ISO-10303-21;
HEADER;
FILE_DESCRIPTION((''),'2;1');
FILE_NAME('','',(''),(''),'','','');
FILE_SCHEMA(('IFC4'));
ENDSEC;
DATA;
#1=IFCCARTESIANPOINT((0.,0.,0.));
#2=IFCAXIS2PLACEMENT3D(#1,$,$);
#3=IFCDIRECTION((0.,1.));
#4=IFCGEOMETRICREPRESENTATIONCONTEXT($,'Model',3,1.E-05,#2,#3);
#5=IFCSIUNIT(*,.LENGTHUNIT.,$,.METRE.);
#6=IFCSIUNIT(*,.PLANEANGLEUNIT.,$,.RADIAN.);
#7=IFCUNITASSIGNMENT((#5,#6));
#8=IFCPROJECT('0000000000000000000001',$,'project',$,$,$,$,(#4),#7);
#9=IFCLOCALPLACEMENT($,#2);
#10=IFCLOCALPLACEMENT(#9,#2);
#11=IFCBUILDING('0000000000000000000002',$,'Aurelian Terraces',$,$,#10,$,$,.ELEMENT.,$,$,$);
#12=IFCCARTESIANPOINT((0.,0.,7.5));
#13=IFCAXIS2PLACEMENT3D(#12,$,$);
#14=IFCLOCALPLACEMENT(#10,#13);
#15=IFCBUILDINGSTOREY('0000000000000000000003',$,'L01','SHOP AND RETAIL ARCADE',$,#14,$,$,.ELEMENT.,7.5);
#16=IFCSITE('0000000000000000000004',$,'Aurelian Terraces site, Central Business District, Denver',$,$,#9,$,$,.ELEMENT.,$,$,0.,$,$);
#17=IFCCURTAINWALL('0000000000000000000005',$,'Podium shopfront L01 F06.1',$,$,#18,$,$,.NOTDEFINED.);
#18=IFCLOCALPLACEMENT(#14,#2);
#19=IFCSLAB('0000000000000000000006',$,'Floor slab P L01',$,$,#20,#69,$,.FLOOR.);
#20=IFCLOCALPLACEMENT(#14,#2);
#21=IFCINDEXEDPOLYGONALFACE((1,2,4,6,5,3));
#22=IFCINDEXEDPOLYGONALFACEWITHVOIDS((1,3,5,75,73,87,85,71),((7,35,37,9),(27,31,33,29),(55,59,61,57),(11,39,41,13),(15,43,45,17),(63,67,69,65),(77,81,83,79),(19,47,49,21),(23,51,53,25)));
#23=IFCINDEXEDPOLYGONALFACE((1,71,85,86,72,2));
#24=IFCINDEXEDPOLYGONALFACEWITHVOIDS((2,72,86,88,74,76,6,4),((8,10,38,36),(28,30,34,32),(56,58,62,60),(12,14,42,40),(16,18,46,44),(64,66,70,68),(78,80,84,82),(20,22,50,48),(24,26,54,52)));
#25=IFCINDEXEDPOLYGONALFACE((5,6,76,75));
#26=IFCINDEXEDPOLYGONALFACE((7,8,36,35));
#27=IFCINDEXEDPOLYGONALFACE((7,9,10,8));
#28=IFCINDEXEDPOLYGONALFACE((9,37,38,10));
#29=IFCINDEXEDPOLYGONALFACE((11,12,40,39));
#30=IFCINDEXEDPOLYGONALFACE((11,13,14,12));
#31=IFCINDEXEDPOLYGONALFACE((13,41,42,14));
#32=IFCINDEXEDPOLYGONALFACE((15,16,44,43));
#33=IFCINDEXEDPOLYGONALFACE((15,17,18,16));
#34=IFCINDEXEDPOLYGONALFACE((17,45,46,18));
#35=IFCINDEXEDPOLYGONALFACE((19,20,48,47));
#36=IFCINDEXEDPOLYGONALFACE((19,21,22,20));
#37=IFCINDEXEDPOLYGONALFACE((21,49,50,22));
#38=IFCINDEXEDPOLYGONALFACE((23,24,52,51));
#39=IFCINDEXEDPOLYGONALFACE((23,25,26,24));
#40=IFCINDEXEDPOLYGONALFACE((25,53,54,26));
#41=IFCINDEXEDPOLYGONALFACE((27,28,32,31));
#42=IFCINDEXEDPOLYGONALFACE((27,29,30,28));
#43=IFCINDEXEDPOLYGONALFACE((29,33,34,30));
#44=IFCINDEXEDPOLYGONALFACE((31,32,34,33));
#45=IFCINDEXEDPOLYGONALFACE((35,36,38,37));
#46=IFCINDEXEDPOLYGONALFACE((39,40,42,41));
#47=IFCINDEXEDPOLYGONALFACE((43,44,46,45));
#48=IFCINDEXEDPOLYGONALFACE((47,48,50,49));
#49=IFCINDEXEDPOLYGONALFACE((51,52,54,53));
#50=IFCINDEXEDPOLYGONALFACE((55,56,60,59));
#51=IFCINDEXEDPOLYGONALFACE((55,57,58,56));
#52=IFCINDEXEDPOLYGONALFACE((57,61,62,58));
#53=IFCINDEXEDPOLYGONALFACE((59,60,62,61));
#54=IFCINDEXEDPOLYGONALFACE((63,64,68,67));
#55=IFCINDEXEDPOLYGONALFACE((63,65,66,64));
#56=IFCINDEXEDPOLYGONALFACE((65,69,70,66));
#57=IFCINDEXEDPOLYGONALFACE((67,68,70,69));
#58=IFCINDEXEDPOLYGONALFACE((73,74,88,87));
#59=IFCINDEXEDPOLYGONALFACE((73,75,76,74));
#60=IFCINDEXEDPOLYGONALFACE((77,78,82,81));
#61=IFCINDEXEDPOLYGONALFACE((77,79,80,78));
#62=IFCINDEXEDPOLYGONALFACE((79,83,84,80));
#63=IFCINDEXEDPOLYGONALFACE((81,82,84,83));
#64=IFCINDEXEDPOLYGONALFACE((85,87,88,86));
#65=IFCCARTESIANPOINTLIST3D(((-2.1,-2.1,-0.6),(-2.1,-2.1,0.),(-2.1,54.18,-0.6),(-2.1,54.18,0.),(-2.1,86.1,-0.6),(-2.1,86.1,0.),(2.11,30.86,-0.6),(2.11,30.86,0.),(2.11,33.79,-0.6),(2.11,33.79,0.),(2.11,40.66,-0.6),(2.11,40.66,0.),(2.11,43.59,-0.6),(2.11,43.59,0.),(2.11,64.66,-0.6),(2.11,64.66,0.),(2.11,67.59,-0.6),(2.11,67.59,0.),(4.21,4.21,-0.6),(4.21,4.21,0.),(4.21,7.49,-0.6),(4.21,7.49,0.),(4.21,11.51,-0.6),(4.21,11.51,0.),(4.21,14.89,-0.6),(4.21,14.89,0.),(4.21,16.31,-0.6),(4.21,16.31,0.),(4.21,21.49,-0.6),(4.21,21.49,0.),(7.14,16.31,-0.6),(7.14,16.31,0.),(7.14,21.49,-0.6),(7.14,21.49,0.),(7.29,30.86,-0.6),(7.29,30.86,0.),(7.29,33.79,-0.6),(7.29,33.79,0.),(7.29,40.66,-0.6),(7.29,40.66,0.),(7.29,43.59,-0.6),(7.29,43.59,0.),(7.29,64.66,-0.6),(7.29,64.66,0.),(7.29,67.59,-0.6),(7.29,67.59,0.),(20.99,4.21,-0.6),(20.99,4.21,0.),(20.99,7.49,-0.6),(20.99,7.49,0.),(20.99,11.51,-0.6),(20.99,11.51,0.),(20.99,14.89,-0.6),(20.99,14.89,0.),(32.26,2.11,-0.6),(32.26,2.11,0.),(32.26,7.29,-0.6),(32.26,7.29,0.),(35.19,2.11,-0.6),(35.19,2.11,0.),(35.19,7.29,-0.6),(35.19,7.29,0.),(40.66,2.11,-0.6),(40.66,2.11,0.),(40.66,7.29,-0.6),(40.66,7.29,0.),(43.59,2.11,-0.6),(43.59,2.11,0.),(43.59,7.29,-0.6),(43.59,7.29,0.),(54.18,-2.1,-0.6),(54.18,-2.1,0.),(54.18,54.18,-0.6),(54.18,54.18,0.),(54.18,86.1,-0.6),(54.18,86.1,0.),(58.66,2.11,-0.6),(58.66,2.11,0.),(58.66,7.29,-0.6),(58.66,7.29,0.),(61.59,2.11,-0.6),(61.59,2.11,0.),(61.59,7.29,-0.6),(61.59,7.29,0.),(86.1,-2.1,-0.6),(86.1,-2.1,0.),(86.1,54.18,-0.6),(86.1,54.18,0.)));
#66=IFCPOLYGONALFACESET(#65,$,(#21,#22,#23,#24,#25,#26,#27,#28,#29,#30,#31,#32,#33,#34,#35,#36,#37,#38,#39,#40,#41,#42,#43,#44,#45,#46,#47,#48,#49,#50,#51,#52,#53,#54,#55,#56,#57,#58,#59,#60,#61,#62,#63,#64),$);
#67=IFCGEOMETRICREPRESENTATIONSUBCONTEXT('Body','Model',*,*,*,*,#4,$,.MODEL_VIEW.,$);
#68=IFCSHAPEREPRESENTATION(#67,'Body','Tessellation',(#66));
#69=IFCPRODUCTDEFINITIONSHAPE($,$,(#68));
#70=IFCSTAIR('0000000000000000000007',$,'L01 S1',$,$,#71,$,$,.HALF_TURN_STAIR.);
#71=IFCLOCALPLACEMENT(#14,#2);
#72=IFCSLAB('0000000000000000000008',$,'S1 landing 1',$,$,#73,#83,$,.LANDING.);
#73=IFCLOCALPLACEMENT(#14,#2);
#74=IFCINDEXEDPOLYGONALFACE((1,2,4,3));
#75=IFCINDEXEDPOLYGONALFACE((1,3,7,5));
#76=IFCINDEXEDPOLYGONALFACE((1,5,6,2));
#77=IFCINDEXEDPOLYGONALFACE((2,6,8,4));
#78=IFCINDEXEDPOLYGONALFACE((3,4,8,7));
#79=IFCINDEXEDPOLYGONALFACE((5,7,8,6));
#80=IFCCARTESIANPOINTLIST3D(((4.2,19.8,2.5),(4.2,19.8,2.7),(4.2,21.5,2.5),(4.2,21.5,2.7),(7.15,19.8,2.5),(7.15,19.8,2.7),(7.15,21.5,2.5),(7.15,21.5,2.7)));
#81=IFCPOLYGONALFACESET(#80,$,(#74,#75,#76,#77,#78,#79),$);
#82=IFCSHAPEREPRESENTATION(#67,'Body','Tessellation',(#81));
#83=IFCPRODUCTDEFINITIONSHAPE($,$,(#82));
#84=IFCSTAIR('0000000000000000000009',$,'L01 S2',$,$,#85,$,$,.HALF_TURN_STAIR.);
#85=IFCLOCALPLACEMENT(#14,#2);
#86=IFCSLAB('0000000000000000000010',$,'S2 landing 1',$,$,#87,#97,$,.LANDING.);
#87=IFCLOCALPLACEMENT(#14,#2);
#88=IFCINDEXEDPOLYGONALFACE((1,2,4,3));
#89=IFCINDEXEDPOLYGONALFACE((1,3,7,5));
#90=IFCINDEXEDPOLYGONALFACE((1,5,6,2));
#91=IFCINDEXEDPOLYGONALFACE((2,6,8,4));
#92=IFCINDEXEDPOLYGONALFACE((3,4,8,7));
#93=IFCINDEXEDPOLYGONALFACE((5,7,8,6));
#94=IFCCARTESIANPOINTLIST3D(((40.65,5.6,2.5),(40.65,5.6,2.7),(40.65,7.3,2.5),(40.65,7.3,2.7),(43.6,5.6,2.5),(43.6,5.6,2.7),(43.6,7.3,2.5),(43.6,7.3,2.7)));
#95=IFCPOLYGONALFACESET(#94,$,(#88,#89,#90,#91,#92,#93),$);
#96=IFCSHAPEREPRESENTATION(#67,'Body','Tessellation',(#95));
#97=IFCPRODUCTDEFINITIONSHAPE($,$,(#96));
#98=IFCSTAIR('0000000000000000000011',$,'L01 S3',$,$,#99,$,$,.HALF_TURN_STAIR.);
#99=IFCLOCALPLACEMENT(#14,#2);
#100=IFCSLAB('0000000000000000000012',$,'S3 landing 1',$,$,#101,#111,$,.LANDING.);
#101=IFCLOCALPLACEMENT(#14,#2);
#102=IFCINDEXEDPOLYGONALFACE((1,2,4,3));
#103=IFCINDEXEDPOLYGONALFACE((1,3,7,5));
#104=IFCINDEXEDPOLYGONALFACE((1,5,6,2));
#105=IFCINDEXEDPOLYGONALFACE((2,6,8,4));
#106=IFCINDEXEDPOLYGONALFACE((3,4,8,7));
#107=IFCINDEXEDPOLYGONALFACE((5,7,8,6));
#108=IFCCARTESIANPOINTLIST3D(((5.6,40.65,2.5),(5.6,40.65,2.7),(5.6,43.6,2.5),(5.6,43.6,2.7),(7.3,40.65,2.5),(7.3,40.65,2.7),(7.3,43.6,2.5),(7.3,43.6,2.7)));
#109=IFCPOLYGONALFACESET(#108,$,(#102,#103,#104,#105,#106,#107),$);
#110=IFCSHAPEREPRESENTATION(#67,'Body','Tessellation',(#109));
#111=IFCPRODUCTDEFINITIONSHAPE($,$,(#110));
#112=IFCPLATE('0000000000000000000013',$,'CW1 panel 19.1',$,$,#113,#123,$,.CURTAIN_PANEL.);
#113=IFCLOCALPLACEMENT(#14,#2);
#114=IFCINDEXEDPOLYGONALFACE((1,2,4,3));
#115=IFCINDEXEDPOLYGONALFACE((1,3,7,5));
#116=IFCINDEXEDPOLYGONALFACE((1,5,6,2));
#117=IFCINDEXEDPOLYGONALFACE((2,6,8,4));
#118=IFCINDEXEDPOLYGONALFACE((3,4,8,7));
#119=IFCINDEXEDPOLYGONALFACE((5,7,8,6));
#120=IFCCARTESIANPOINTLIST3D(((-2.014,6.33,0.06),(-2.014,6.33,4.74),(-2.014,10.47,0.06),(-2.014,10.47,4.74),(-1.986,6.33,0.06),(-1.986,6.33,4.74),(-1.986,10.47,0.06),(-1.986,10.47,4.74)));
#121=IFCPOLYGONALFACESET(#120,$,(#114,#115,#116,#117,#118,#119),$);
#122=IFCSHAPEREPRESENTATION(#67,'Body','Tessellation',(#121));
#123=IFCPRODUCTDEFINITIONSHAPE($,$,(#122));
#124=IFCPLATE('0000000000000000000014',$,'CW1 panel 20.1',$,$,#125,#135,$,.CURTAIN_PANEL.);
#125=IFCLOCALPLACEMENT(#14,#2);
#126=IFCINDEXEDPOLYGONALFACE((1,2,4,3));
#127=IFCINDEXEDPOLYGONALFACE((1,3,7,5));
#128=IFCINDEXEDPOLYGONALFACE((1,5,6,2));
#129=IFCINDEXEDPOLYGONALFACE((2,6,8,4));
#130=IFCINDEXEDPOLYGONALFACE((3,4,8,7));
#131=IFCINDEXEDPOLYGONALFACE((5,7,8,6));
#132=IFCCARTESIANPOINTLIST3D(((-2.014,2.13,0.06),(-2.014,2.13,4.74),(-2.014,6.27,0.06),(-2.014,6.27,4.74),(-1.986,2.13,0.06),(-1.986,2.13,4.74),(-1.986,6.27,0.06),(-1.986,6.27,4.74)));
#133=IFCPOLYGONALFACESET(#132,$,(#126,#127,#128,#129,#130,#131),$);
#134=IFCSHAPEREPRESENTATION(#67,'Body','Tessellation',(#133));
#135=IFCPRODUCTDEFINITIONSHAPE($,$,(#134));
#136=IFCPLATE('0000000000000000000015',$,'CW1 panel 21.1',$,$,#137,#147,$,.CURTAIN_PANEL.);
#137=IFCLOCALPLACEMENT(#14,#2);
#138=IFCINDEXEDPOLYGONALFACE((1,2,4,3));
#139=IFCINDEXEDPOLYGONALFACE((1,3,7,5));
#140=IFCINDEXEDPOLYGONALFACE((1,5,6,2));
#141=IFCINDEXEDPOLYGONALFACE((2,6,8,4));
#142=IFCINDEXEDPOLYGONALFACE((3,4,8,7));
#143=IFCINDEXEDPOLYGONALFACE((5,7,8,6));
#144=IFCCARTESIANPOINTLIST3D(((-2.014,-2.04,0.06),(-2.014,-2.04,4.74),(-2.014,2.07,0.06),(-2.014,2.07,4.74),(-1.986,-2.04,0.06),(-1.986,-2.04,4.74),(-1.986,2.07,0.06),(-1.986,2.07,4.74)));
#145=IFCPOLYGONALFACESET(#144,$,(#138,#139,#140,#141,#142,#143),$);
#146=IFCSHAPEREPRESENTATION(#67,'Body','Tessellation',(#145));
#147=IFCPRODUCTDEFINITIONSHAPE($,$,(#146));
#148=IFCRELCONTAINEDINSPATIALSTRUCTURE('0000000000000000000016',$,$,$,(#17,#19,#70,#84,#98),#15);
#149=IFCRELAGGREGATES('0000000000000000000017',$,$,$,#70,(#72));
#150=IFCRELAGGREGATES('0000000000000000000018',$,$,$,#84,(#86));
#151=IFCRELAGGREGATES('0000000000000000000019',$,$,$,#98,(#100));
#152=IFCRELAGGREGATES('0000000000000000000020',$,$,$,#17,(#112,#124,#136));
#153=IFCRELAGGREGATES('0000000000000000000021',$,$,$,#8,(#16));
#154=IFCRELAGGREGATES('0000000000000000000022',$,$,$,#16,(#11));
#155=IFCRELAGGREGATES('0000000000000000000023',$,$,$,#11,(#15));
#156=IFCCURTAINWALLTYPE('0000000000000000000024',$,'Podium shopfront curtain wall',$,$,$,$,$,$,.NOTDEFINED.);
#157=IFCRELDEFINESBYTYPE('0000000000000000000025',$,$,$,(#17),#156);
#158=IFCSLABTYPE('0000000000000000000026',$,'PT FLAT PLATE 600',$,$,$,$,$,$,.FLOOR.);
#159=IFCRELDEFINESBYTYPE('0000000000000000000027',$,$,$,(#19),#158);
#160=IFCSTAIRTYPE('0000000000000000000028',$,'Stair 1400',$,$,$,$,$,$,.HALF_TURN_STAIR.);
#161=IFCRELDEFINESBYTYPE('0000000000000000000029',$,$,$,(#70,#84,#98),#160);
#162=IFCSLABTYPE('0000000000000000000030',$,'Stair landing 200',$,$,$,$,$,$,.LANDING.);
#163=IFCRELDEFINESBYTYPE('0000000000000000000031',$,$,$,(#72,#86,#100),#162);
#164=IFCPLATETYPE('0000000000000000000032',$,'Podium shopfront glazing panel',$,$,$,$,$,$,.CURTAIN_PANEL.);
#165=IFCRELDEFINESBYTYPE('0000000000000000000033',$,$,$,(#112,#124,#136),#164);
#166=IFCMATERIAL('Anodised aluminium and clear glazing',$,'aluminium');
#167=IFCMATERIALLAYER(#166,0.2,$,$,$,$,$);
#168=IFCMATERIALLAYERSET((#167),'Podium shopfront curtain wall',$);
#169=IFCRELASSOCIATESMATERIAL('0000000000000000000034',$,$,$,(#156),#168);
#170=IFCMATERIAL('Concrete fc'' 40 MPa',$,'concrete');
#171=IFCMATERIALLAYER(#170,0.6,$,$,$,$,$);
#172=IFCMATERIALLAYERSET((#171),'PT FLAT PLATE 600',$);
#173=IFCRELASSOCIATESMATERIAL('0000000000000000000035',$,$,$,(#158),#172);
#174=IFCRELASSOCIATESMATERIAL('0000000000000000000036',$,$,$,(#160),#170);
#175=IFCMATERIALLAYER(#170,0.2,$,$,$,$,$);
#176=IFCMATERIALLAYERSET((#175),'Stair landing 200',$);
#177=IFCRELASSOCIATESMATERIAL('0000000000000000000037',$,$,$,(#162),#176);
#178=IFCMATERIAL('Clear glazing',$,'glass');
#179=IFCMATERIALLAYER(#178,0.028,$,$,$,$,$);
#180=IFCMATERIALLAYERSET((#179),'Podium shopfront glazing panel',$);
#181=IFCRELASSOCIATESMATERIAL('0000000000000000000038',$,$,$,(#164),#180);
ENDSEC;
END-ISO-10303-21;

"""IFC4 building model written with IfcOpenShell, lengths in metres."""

from ifc_helpers import new_model, si_unit, direction, frame, origin, origin_2d, place, context, subcontext, project, spatial, polyline, rectangle, outline, extrude, source, transform, mapped, material, layer, layer_set, type_object, element, aggregate, save


model = new_model("IFC4")

# Units and contexts
model_context = context("Model", 3, precision=1e-05, world=origin(), true_north=direction((0.0, 1.0)))
body_context = subcontext(model_context, "Body", "Model", "MODEL_VIEW")
ifc_project = project(units=[si_unit("LENGTHUNIT", "METRE"), si_unit("PLANEANGLEUNIT", "RADIAN")], contexts=[model_context])

# Site, building, storey
site_placement = place(None, origin())
site = spatial("IfcSite", under=ifc_project, at=site_placement, Name="Aurelian Terraces site, Central Business District, Denver", CompositionType="ELEMENT", RefElevation=0.0)
building_placement = place(site_placement, origin())
building = spatial("IfcBuilding", under=site, at=building_placement, Name="Aurelian Terraces", CompositionType="ELEMENT")
storey_placement = place(building_placement, frame((0.0, 0.0, 7.5)))
storey = spatial("IfcBuildingStorey", under=building, at=storey_placement, Name="L01", Description="SHOP AND RETAIL ARCADE", CompositionType="ELEMENT", Elevation=7.5)

# Curtain wall
ifc_material_1 = material(Name="Anodised aluminium and clear glazing", Category="aluminium")
ifc_layer_1 = layer(ifc_material_1, 0.2)
ifc_layer_set_1 = layer_set([ifc_layer_1], Name="Podium shopfront curtain wall")
curtain_wall_type = type_object("IfcCurtainWallType", Name="Podium shopfront curtain wall", PredefinedType="NOTDEFINED", material=ifc_layer_set_1)
curtain_wall_1_placement = place(storey_placement, origin())
curtain_wall_1 = element("IfcCurtainWall", 1, at=curtain_wall_1_placement, inside=storey, type_object=curtain_wall_type, Name="Podium shopfront L01 F06.1", PredefinedType="NOTDEFINED")

# Slab
ifc_material_2 = material(Name="Concrete fc' 40 MPa", Category="concrete")
ifc_layer_2 = layer(ifc_material_2, 0.6)
ifc_layer_set_2 = layer_set([ifc_layer_2], Name="PT FLAT PLATE 600")
slab_type_1 = type_object("IfcSlabType", Name="PT FLAT PLATE 600", PredefinedType="FLOOR", material=ifc_layer_set_2)
slab_1_placement = place(storey_placement, frame((0.0, 0.0, -0.6)))
element("IfcSlab", 2, at=slab_1_placement, inside=storey, type_object=slab_type_1, Name="Floor slab P L01", PredefinedType="FLOOR", context=body_context, shape_type="SweptSolid", body=[
    extrude(outline(polyline([(86.1, -2.1), (54.18, -2.1), (-2.1, -2.1), (-2.1, 54.18), (-2.1, 86.1), (54.18, 86.1), (54.18, 54.18), (86.1, 54.18), (86.1, -2.1)]), holes=[polyline([(58.66, 7.29), (58.66, 2.11), (61.59, 2.11), (61.59, 7.29), (58.66, 7.29)]), polyline([(40.66, 7.29), (40.66, 2.11), (43.59, 2.11), (43.59, 7.29), (40.66, 7.29)]), polyline([(32.26, 7.29), (32.26, 2.11), (35.19, 2.11), (35.19, 7.29), (32.26, 7.29)]), polyline([(4.21, 7.49), (4.21, 4.21), (20.99, 4.21), (20.99, 7.49), (4.21, 7.49)]), polyline([(4.21, 14.89), (4.21, 11.51), (20.99, 11.51), (20.99, 14.89), (4.21, 14.89)]), polyline([(7.29, 40.66), (7.29, 43.59), (2.11, 43.59), (2.11, 40.66), (7.29, 40.66)]), polyline([(7.29, 64.66), (7.29, 67.59), (2.11, 67.59), (2.11, 64.66), (7.29, 64.66)]), polyline([(7.29, 33.79), (2.11, 33.79), (2.11, 30.86), (7.29, 30.86), (7.29, 33.79)]), polyline([(4.21, 21.49), (4.21, 16.31), (7.14, 16.31), (7.14, 21.49), (4.21, 21.49)])]), origin(), (0.0, 0.0, 1.0), 0.6),
])

# Stairs, slabs
stair_type = type_object("IfcStairType", Name="Stair 1400", PredefinedType="HALF_TURN_STAIR", material=ifc_material_2)
stair_1_placement = place(storey_placement, origin())
stair_1 = element("IfcStair", 3, at=stair_1_placement, inside=storey, type_object=stair_type, Name="L01 S1", PredefinedType="HALF_TURN_STAIR")
ifc_layer_3 = layer(ifc_material_2, 0.2)
ifc_layer_set_3 = layer_set([ifc_layer_3], Name="Stair landing 200")
slab_type_2 = type_object("IfcSlabType", Name="Stair landing 200", PredefinedType="LANDING", material=ifc_layer_set_3)
slab_2_placement = place(storey_placement, frame((0.0, 0.0, 2.5)))
slab_2 = element("IfcSlab", 4, at=slab_2_placement, type_object=slab_type_2, Name="S1 landing 1", PredefinedType="LANDING", context=body_context, shape_type="SweptSolid", body=[
    extrude(outline(polyline([(7.15, 19.8), (7.15, 21.5), (4.2, 21.5), (4.2, 19.8), (7.15, 19.8)])), origin(), (0.0, 0.0, 1.0), 0.2),
])
aggregate(stair_1, [slab_2])
stair_2_placement = place(storey_placement, origin())
stair_2 = element("IfcStair", 5, at=stair_2_placement, inside=storey, type_object=stair_type, Name="L01 S2", PredefinedType="HALF_TURN_STAIR")
slab_3_placement = place(storey_placement, frame((0.0, 0.0, 2.5)))
slab_3 = element("IfcSlab", 6, at=slab_3_placement, type_object=slab_type_2, Name="S2 landing 1", PredefinedType="LANDING", context=body_context, shape_type="SweptSolid", body=[
    extrude(outline(polyline([(43.6, 5.6), (43.6, 7.3), (40.65, 7.3), (40.65, 5.6), (43.6, 5.6)])), origin(), (0.0, 0.0, 1.0), 0.2),
])
aggregate(stair_2, [slab_3])
stair_3_placement = place(storey_placement, origin())
stair_3 = element("IfcStair", 7, at=stair_3_placement, inside=storey, type_object=stair_type, Name="L01 S3", PredefinedType="HALF_TURN_STAIR")
slab_4_placement = place(storey_placement, frame((0.0, 0.0, 2.5)))
slab_4 = element("IfcSlab", 8, at=slab_4_placement, type_object=slab_type_2, Name="S3 landing 1", PredefinedType="LANDING", context=body_context, shape_type="SweptSolid", body=[
    extrude(outline(polyline([(5.6, 40.65), (7.3, 40.65), (7.3, 43.6), (5.6, 43.6), (5.6, 40.65)])), origin(), (0.0, 0.0, 1.0), 0.2),
])
aggregate(stair_3, [slab_4])

# Plates
ifc_material_3 = material(Name="Clear glazing", Category="glass")
ifc_layer_4 = layer(ifc_material_3, 0.028)
ifc_layer_set_4 = layer_set([ifc_layer_4], Name="Podium shopfront glazing panel")
plate_type = type_object("IfcPlateType", Name="Podium shopfront glazing panel", PredefinedType="CURTAIN_PANEL", material=ifc_layer_set_4)
shared_shape_1 = source(origin(), body_context, "Body", "SweptSolid", [
    extrude(rectangle(XDim=4.14, YDim=0.028, at=origin_2d()), origin(), (0.0, 0.0, 1.0), 4.68),
])
plate_1_placement = place(storey_placement, frame((-2.0, 8.4, 0.06), z_axis=(0.0, 0.0, 1.0), x_axis=(0.0, -1.0, 0.0)))
plate_1 = element("IfcPlate", 9, at=plate_1_placement, type_object=plate_type, Name="CW1 panel 19.1", PredefinedType="CURTAIN_PANEL", context=body_context, shape_type="MappedRepresentation", body=[
    mapped(shared_shape_1, transform((0.0, 0.0, 0.0), scale=1.0)),
])
plate_2_placement = place(storey_placement, frame((-2.0, 4.2, 0.06), z_axis=(0.0, 0.0, 1.0), x_axis=(0.0, -1.0, 0.0)))
plate_2 = element("IfcPlate", 10, at=plate_2_placement, type_object=plate_type, Name="CW1 panel 20.1", PredefinedType="CURTAIN_PANEL", context=body_context, shape_type="MappedRepresentation", body=[
    mapped(shared_shape_1, transform((0.0, 0.0, 0.0), scale=1.0)),
])
shared_shape_2 = source(origin(), body_context, "Body", "SweptSolid", [
    extrude(rectangle(XDim=4.11, YDim=0.028, at=origin_2d()), origin(), (0.0, 0.0, 1.0), 4.68),
])
plate_3_placement = place(storey_placement, frame((-2.0, 0.015, 0.06), z_axis=(0.0, 0.0, 1.0), x_axis=(0.0, -1.0, 0.0)))
plate_3 = element("IfcPlate", 11, at=plate_3_placement, type_object=plate_type, Name="CW1 panel 21.1", PredefinedType="CURTAIN_PANEL", context=body_context, shape_type="MappedRepresentation", body=[
    mapped(shared_shape_2, transform((0.0, 0.0, 0.0), scale=1.0)),
])
aggregate(curtain_wall_1, [plate_1, plate_2, plate_3])

save(model, "model.ifc")
